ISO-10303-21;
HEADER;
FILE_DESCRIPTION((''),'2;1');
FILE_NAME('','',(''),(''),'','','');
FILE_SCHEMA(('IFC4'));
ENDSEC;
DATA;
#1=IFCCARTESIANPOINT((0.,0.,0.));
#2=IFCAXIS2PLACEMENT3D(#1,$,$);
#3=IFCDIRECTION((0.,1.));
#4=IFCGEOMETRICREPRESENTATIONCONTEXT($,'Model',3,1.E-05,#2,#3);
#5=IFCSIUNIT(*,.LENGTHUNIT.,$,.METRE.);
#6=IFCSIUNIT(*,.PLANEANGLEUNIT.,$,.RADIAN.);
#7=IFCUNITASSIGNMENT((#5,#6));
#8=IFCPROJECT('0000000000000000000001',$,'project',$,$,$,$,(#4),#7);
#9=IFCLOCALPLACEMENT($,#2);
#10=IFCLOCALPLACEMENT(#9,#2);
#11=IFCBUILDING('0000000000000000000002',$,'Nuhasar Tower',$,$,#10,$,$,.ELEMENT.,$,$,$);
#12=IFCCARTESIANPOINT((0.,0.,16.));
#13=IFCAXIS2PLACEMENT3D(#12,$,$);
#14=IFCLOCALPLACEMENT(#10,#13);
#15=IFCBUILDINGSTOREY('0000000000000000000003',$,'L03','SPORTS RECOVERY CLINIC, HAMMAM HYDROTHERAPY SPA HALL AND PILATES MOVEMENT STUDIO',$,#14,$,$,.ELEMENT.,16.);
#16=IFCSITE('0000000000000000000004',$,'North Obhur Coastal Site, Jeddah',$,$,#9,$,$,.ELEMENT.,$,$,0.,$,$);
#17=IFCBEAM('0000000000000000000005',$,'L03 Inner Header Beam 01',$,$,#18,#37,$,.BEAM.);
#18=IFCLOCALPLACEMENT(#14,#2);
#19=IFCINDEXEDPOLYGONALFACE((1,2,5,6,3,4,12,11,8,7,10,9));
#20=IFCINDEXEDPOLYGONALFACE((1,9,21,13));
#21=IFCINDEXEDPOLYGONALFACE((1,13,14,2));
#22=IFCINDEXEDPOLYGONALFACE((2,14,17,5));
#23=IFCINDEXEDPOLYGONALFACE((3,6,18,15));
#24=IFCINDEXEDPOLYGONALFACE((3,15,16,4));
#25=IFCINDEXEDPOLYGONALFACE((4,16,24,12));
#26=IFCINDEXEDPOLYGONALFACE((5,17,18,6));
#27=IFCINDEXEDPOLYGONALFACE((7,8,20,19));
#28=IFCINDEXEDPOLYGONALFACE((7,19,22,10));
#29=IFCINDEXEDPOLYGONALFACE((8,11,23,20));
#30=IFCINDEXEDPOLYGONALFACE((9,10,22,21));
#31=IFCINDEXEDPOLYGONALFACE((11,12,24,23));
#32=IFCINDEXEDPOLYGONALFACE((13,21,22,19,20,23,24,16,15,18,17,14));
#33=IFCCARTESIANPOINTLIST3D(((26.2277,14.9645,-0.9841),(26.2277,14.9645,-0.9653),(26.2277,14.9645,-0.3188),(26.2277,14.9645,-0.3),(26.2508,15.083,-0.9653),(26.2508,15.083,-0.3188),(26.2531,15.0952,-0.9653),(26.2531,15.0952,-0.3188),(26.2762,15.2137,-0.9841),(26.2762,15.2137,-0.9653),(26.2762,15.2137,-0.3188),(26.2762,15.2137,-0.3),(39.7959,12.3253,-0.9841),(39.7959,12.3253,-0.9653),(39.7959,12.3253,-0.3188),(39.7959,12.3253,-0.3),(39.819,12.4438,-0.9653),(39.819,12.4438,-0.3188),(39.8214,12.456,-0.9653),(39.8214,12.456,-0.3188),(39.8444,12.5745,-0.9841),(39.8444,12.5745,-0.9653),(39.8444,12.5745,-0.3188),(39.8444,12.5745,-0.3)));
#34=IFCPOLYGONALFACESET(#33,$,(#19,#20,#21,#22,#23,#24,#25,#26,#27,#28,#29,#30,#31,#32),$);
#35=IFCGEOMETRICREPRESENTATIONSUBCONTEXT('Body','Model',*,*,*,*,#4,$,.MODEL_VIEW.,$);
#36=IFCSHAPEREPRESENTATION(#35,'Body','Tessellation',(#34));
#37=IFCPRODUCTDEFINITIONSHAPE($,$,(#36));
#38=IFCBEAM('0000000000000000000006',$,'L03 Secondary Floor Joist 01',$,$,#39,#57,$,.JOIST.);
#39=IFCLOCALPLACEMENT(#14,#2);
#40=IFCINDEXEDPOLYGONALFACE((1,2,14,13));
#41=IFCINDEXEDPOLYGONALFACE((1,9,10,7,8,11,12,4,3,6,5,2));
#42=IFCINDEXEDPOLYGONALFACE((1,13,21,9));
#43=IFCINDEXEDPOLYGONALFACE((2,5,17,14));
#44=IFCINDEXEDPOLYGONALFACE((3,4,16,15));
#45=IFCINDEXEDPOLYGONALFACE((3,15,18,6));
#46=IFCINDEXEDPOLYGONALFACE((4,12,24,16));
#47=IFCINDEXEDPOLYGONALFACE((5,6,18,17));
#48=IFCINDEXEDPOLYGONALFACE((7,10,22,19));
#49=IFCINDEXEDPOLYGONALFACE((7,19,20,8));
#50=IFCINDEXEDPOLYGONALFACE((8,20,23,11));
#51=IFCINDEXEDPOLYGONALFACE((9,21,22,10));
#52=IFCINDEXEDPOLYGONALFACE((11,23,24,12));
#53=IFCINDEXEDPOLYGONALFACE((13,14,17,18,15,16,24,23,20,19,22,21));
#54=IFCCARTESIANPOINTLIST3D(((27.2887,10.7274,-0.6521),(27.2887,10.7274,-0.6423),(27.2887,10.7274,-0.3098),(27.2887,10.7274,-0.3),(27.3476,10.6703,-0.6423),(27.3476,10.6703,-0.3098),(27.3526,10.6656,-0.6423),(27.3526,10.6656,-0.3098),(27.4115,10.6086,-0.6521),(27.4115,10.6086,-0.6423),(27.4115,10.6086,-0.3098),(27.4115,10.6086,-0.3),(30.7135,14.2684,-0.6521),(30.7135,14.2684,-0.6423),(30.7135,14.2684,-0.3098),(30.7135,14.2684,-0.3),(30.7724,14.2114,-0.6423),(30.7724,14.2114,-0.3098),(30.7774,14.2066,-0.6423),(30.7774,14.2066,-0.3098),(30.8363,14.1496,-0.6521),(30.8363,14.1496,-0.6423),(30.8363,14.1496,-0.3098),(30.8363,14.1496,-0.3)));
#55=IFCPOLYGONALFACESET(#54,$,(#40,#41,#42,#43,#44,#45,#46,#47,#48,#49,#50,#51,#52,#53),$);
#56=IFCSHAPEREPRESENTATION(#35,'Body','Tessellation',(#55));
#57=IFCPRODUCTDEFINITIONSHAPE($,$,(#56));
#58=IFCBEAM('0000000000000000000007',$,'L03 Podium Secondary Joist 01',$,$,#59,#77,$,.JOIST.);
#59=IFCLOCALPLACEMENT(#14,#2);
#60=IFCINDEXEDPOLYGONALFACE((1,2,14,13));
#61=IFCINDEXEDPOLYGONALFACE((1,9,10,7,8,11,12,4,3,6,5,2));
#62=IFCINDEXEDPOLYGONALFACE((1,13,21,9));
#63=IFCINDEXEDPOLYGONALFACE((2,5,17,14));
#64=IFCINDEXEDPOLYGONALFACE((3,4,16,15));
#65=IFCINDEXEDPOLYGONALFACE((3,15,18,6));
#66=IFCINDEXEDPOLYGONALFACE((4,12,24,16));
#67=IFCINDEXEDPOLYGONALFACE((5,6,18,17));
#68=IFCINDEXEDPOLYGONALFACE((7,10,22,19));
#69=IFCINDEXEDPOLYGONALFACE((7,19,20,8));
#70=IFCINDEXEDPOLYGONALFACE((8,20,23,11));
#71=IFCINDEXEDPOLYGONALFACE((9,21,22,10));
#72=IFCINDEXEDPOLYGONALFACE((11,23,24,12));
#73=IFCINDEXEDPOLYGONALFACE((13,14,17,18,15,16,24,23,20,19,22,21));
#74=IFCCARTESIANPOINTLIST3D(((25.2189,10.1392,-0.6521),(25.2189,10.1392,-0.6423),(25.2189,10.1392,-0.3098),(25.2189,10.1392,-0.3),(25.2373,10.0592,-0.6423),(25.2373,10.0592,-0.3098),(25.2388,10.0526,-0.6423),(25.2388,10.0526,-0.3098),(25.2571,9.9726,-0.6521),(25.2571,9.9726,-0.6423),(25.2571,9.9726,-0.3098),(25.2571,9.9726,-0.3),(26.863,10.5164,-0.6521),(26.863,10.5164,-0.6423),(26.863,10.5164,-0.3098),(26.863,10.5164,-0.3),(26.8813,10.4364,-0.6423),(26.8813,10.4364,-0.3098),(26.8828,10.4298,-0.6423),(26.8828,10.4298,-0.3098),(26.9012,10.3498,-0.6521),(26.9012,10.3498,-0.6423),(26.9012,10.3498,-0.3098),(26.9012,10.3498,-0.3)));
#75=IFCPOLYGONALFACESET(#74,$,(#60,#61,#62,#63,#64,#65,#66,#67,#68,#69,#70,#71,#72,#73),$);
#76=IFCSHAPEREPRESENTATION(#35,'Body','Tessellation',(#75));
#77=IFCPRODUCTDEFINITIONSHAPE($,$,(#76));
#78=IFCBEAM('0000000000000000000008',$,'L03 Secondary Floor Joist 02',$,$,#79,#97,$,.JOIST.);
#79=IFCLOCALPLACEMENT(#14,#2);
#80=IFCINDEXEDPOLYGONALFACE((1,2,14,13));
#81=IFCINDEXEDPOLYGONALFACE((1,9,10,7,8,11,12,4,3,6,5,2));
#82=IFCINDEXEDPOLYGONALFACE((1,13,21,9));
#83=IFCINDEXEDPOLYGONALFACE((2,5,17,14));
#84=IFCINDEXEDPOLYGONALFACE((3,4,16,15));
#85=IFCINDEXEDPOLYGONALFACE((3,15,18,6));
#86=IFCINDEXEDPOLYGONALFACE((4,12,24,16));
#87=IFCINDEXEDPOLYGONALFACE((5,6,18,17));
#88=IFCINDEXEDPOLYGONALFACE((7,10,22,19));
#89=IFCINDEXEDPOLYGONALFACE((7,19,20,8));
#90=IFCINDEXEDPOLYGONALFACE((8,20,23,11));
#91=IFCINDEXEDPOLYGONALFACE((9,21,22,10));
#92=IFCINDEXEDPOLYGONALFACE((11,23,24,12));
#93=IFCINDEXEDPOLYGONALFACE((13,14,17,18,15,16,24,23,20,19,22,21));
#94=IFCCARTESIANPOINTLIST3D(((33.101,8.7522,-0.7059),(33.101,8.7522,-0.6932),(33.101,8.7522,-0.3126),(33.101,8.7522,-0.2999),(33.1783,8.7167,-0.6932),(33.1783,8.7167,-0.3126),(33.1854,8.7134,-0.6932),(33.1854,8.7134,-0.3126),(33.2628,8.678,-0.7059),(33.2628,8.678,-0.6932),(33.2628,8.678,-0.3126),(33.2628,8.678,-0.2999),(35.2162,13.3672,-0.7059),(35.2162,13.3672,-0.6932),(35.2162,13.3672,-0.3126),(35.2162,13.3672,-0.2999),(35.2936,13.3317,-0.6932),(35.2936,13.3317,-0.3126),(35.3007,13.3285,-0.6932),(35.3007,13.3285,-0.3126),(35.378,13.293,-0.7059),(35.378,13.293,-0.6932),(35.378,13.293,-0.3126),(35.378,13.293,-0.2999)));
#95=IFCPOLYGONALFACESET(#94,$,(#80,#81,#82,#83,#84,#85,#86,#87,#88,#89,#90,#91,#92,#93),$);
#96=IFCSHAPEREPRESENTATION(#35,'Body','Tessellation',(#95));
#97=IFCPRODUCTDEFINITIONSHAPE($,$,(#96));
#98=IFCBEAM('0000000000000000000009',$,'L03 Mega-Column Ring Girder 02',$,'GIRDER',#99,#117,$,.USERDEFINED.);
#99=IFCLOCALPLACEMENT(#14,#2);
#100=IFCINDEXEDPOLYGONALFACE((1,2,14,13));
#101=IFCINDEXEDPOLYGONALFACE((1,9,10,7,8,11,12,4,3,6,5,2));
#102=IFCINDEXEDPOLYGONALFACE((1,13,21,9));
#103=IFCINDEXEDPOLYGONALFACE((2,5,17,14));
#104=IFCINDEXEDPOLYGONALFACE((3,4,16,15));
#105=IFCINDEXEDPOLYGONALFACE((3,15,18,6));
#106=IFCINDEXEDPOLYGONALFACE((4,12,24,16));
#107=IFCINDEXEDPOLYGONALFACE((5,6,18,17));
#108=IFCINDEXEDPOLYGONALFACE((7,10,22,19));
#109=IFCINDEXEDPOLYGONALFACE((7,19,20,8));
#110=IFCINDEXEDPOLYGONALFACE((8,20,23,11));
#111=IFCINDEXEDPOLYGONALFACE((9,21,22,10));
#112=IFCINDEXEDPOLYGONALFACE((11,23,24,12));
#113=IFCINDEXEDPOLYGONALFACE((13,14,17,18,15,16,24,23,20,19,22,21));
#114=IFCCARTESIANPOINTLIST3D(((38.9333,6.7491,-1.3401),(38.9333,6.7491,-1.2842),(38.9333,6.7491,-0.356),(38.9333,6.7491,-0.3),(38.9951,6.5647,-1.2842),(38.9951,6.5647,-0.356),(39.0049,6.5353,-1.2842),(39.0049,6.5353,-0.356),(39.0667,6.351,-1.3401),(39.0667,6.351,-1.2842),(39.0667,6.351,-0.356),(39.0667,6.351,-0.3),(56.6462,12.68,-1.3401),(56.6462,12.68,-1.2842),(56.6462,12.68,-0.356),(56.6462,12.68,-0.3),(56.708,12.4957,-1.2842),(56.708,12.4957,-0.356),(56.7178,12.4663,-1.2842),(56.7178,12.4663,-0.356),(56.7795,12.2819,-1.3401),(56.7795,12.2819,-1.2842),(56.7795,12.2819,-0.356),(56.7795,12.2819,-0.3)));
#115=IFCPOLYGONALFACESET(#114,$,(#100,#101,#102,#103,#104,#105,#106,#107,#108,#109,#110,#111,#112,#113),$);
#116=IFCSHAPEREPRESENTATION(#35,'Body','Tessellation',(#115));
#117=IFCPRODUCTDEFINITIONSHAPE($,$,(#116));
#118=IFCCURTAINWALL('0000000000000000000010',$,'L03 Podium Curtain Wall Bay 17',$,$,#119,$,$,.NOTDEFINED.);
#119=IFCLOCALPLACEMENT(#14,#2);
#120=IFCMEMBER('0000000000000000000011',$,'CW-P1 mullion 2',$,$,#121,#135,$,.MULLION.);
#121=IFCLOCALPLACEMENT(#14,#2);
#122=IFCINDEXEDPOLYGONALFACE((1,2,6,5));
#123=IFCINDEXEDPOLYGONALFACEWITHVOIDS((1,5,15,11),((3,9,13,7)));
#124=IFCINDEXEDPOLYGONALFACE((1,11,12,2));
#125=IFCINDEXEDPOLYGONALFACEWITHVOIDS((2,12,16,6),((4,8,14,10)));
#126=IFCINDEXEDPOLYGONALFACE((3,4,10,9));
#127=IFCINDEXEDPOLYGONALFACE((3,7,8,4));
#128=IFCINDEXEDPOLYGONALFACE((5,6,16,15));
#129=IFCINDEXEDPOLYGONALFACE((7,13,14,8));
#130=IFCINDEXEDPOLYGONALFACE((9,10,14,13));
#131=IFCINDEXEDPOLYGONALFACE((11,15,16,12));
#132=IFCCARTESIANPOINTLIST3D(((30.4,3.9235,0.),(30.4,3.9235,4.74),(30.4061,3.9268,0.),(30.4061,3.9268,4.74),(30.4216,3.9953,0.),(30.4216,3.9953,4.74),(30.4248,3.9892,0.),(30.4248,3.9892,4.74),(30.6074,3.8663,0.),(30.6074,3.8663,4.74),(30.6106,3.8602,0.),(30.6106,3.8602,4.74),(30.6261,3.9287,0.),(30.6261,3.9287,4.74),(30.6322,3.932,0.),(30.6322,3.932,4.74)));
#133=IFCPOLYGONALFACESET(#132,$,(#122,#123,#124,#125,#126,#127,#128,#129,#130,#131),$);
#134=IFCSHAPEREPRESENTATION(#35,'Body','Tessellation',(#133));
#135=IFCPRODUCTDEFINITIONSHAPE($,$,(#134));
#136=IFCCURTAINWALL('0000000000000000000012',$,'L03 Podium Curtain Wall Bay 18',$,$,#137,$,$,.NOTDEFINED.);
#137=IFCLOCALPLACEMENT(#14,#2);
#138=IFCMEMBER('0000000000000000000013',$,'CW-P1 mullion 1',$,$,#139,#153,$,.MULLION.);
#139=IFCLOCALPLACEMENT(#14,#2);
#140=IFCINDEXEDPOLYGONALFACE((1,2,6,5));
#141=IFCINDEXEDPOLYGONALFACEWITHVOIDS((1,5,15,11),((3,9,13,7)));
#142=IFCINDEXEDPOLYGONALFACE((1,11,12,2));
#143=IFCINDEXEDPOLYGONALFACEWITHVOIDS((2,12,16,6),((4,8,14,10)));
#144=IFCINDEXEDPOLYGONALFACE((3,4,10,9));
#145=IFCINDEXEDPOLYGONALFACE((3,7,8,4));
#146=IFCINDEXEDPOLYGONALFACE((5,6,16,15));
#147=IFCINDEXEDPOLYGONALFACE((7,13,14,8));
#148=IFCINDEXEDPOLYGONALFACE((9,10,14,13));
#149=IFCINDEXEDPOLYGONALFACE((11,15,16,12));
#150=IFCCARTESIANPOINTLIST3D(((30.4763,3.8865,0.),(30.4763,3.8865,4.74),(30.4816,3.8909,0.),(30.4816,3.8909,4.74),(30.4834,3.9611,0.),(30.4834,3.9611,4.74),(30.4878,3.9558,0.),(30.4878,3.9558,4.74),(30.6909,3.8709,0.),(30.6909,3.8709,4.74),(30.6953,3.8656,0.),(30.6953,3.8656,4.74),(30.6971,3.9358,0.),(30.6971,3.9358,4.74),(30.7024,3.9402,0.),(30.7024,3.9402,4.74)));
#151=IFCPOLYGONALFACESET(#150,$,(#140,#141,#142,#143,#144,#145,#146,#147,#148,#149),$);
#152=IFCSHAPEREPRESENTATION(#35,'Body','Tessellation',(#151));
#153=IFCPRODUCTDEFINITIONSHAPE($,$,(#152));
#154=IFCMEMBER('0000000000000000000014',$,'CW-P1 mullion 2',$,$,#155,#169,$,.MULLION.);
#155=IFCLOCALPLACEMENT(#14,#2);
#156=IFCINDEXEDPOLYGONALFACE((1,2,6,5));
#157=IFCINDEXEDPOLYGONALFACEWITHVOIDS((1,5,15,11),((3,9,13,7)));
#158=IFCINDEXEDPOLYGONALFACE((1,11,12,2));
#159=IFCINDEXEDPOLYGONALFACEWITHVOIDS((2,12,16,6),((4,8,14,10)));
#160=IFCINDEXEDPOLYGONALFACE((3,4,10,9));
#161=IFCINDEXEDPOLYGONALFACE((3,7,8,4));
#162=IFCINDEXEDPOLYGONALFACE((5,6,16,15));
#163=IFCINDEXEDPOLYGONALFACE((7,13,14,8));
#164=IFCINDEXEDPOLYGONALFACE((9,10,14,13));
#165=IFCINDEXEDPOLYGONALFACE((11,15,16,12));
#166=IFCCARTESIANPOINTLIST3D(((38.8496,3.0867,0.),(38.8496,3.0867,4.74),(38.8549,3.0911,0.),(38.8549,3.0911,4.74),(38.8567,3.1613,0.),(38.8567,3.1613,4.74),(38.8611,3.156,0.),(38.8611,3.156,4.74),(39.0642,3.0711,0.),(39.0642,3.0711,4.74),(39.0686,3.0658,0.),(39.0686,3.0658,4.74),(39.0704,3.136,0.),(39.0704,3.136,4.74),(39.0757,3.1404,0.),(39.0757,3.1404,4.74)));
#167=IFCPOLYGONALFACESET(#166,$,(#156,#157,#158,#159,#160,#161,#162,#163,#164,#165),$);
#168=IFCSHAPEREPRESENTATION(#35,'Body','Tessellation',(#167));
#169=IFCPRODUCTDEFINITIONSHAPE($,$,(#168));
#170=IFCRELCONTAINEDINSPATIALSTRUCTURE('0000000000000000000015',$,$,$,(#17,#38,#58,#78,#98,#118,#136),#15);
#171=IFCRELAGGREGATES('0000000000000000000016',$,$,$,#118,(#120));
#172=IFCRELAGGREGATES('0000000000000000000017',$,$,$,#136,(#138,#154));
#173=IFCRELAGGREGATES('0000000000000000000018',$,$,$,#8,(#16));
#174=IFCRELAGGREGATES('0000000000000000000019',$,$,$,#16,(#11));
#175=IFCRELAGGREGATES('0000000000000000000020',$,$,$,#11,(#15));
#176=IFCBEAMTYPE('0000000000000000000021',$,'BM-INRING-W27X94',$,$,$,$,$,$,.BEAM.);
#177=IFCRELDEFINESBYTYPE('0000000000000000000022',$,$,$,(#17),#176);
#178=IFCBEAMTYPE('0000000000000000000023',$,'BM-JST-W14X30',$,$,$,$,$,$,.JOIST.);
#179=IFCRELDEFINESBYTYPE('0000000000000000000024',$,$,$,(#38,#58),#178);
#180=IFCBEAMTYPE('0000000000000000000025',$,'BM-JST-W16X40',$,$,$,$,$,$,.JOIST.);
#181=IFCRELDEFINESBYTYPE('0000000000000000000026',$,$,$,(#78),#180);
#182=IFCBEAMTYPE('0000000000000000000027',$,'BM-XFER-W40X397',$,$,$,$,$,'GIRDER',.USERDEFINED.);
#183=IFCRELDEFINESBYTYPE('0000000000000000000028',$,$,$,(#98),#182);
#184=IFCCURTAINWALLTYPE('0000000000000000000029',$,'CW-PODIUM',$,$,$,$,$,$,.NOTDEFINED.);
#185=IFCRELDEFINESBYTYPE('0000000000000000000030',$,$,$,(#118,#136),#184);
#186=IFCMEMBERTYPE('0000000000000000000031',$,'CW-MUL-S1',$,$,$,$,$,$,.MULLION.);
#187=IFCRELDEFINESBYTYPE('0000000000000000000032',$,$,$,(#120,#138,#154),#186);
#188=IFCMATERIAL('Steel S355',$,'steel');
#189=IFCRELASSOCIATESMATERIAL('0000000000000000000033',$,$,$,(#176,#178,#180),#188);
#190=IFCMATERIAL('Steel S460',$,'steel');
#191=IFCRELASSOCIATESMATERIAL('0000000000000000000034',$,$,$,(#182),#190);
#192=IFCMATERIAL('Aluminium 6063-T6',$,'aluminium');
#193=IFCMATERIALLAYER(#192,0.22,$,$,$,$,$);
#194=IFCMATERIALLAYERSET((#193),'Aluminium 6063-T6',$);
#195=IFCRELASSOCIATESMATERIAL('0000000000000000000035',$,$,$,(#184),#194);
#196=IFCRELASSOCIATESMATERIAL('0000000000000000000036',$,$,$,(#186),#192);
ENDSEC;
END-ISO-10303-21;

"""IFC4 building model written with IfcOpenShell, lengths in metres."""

from ifc_helpers import new_model, si_unit, direction, frame, origin, origin_2d, place, context, subcontext, project, spatial, hollow_rectangle, i_section, extrude, material, layer, layer_set, material_profile, profile_set, type_object, element, aggregate, save


model = new_model("IFC4")

# Units and contexts
model_context = context("Model", 3, precision=1e-05, world=origin(), true_north=direction((0.0, 1.0)))
body_context = subcontext(model_context, "Body", "Model", "MODEL_VIEW")
ifc_project = project(units=[si_unit("LENGTHUNIT", "METRE"), si_unit("PLANEANGLEUNIT", "RADIAN")], contexts=[model_context])

# Site, building, storey
site_placement = place(None, origin())
site = spatial("IfcSite", under=ifc_project, at=site_placement, Name="North Obhur Coastal Site, Jeddah", CompositionType="ELEMENT", RefElevation=0.0)
building_placement = place(site_placement, origin())
building = spatial("IfcBuilding", under=site, at=building_placement, Name="Nuhasar Tower", CompositionType="ELEMENT")
storey_placement = place(building_placement, frame((0.0, 0.0, 16.0)))
storey = spatial("IfcBuildingStorey", under=building, at=storey_placement, Name="L03", Description="SPORTS RECOVERY CLINIC, HAMMAM HYDROTHERAPY SPA HALL AND PILATES MOVEMENT STUDIO", CompositionType="ELEMENT", Elevation=16.0)

# Beams
ifc_material_1 = material(Name="Steel S355", Category="steel")
ifc_material_profile_1 = material_profile(ifc_material_1, i_section(OverallWidth=0.2539, OverallDepth=0.6841, WebThickness=0.0125, FlangeThickness=0.0188, at=origin_2d()), Name="W27X94")
ifc_profile_set_1 = profile_set([ifc_material_profile_1], Name="Steel S355")
beam_type_1 = type_object("IfcBeamType", Name="BM-INRING-W27X94", PredefinedType="BEAM", material=ifc_profile_set_1)
beam_1_placement = place(storey_placement, frame((26.252, 15.0891, -0.6421), z_axis=(0.981603, -0.190933, 0.0), x_axis=(0.190933, 0.981603, 0.0)))
element("IfcBeam", 1, at=beam_1_placement, inside=storey, type_object=beam_type_1, Name="L03 Inner Header Beam 01", PredefinedType="BEAM", context=body_context, shape_type="SweptSolid", body=[
    extrude(i_section(OverallWidth=0.2539, OverallDepth=0.6841, WebThickness=0.0125, FlangeThickness=0.0188, at=origin_2d()), origin(), (0.0, 0.0, 1.0), 13.8225),
])
ifc_material_profile_2 = material_profile(ifc_material_1, i_section(OverallWidth=0.1709, OverallDepth=0.3521, WebThickness=0.0068, FlangeThickness=0.0098, at=origin_2d()), Name="W14X30")
ifc_profile_set_2 = profile_set([ifc_material_profile_2], Name="Steel S355")
beam_type_2 = type_object("IfcBeamType", Name="BM-JST-W14X30", PredefinedType="JOIST", material=ifc_profile_set_2)
beam_2_placement = place(storey_placement, frame((30.7749, 14.209, -0.4761), z_axis=(-0.695213, -0.718803, 0.0), x_axis=(0.718803, -0.695213, 0.0)))
element("IfcBeam", 2, at=beam_2_placement, inside=storey, type_object=beam_type_2, Name="L03 Secondary Floor Joist 01", PredefinedType="JOIST", context=body_context, shape_type="SweptSolid", body=[
    extrude(i_section(OverallWidth=0.1709, OverallDepth=0.3521, WebThickness=0.0068, FlangeThickness=0.0098, at=origin_2d()), origin(), (0.0, 0.0, 1.0), 4.9263),
])
beam_3_placement = place(storey_placement, frame((26.8821, 10.4331, -0.4761), z_axis=(-0.974676, -0.223623, 0.0), x_axis=(0.223623, -0.974676, 0.0)))
element("IfcBeam", 3, at=beam_3_placement, inside=storey, type_object=beam_type_2, Name="L03 Podium Secondary Joist 01", PredefinedType="JOIST", context=body_context, shape_type="SweptSolid", body=[
    extrude(i_section(OverallWidth=0.1709, OverallDepth=0.3521, WebThickness=0.0068, FlangeThickness=0.0098, at=origin_2d()), origin(), (0.0, 0.0, 1.0), 1.6868),
])
ifc_material_profile_3 = material_profile(ifc_material_1, i_section(OverallWidth=0.178, OverallDepth=0.406, WebThickness=0.0078, FlangeThickness=0.0127, at=origin_2d()), Name="W16X40")
ifc_profile_set_3 = profile_set([ifc_material_profile_3], Name="Steel S355")
beam_type_3 = type_object("IfcBeamType", Name="BM-JST-W16X40", PredefinedType="JOIST", material=ifc_profile_set_3)
beam_4_placement = place(storey_placement, frame((35.2971, 13.3301, -0.5029), z_axis=(-0.41666, -0.909063, 0.0), x_axis=(0.909063, -0.41666, 0.0)))
element("IfcBeam", 4, at=beam_4_placement, inside=storey, type_object=beam_type_3, Name="L03 Secondary Floor Joist 02", PredefinedType="JOIST", context=body_context, shape_type="SweptSolid", body=[
    extrude(i_section(OverallWidth=0.178, OverallDepth=0.406, WebThickness=0.0078, FlangeThickness=0.0127, at=origin_2d()), origin(), (0.0, 0.0, 1.0), 5.0767),
])
ifc_material_2 = material(Name="Steel S460", Category="steel")
ifc_material_profile_4 = material_profile(ifc_material_2, i_section(OverallWidth=0.4199, OverallDepth=1.04, WebThickness=0.031, FlangeThickness=0.0559, at=origin_2d()), Name="W40X397")
ifc_profile_set_4 = profile_set([ifc_material_profile_4], Name="Steel S460")
beam_type_4 = type_object("IfcBeamType", Name="BM-XFER-W40X397", ElementType="GIRDER", PredefinedType="USERDEFINED", material=ifc_profile_set_4)
beam_5_placement = place(storey_placement, frame((39.0, 6.55, -0.8201), z_axis=(0.948255, 0.31751, 0.0), x_axis=(-0.31751, 0.948255, 0.0)))
element("IfcBeam", 5, at=beam_5_placement, inside=storey, type_object=beam_type_4, Name="L03 Mega-Column Ring Girder 02", ObjectType="GIRDER", PredefinedType="USERDEFINED", context=body_context, shape_type="SweptSolid", body=[
    extrude(i_section(OverallWidth=0.4199, OverallDepth=1.04, WebThickness=0.031, FlangeThickness=0.0559, at=origin_2d()), origin(), (0.0, 0.0, 1.0), 18.6794),
])

# Curtain wall, member
ifc_material_3 = material(Name="Aluminium 6063-T6", Category="aluminium")
ifc_layer_1 = layer(ifc_material_3, 0.22)
ifc_layer_set_1 = layer_set([ifc_layer_1], Name="Aluminium 6063-T6")
curtain_wall_type = type_object("IfcCurtainWallType", Name="CW-PODIUM", PredefinedType="NOTDEFINED", material=ifc_layer_set_1)
curtain_wall_1_placement = place(storey_placement, origin())
curtain_wall_1 = element("IfcCurtainWall", 6, at=curtain_wall_1_placement, inside=storey, type_object=curtain_wall_type, Name="L03 Podium Curtain Wall Bay 17", PredefinedType="NOTDEFINED")
ifc_material_profile_5 = material_profile(ifc_material_3, hollow_rectangle(XDim=0.075, YDim=0.22, WallThickness=0.0049, at=origin_2d()), Name="CWM-1")
ifc_profile_set_5 = profile_set([ifc_material_profile_5], Name="Aluminium 6063-T6")
member_type_1 = type_object("IfcMemberType", Name="CW-MUL-S1", PredefinedType="MULLION", material=ifc_profile_set_5)
member_1_placement = place(storey_placement, frame((30.5161, 3.9277, 0.0), z_axis=(0.0, 0.0, 1.0), x_axis=(0.287951, 0.957645, 0.0)))
member_1 = element("IfcMember", 7, at=member_1_placement, type_object=member_type_1, Name="CW-P1 mullion 2", PredefinedType="MULLION", context=body_context, shape_type="SweptSolid", body=[
    extrude(hollow_rectangle(XDim=0.075, YDim=0.22, WallThickness=0.0049, at=origin_2d()), origin(), (0.0, 0.0, 1.0), 4.74),
])

# Curtain wall, members
curtain_wall_2_placement = place(storey_placement, origin())
curtain_wall_2 = element("IfcCurtainWall", 8, at=curtain_wall_2_placement, inside=storey, type_object=curtain_wall_type, Name="L03 Podium Curtain Wall Bay 18", PredefinedType="NOTDEFINED")
member_2_placement = place(storey_placement, frame((30.5894, 3.9133, 0.0), z_axis=(0.0, 0.0, 1.0), x_axis=(0.095093, 0.995468, 0.0)))
member_2 = element("IfcMember", 9, at=member_2_placement, type_object=member_type_1, Name="CW-P1 mullion 1", PredefinedType="MULLION", context=body_context, shape_type="SweptSolid", body=[
    extrude(hollow_rectangle(XDim=0.075, YDim=0.22, WallThickness=0.0049, at=origin_2d()), origin(), (0.0, 0.0, 1.0), 4.74),
])
member_3_placement = place(storey_placement, frame((38.9626, 3.1135, 0.0), z_axis=(0.0, 0.0, 1.0), x_axis=(0.095093, 0.995468, 0.0)))
member_3 = element("IfcMember", 10, at=member_3_placement, type_object=member_type_1, Name="CW-P1 mullion 2", PredefinedType="MULLION", context=body_context, shape_type="SweptSolid", body=[
    extrude(hollow_rectangle(XDim=0.075, YDim=0.22, WallThickness=0.0049, at=origin_2d()), origin(), (0.0, 0.0, 1.0), 4.74),
])

aggregate(curtain_wall_1, [member_1])
aggregate(curtain_wall_2, [member_2, member_3])

save(model, "model.ifc")
